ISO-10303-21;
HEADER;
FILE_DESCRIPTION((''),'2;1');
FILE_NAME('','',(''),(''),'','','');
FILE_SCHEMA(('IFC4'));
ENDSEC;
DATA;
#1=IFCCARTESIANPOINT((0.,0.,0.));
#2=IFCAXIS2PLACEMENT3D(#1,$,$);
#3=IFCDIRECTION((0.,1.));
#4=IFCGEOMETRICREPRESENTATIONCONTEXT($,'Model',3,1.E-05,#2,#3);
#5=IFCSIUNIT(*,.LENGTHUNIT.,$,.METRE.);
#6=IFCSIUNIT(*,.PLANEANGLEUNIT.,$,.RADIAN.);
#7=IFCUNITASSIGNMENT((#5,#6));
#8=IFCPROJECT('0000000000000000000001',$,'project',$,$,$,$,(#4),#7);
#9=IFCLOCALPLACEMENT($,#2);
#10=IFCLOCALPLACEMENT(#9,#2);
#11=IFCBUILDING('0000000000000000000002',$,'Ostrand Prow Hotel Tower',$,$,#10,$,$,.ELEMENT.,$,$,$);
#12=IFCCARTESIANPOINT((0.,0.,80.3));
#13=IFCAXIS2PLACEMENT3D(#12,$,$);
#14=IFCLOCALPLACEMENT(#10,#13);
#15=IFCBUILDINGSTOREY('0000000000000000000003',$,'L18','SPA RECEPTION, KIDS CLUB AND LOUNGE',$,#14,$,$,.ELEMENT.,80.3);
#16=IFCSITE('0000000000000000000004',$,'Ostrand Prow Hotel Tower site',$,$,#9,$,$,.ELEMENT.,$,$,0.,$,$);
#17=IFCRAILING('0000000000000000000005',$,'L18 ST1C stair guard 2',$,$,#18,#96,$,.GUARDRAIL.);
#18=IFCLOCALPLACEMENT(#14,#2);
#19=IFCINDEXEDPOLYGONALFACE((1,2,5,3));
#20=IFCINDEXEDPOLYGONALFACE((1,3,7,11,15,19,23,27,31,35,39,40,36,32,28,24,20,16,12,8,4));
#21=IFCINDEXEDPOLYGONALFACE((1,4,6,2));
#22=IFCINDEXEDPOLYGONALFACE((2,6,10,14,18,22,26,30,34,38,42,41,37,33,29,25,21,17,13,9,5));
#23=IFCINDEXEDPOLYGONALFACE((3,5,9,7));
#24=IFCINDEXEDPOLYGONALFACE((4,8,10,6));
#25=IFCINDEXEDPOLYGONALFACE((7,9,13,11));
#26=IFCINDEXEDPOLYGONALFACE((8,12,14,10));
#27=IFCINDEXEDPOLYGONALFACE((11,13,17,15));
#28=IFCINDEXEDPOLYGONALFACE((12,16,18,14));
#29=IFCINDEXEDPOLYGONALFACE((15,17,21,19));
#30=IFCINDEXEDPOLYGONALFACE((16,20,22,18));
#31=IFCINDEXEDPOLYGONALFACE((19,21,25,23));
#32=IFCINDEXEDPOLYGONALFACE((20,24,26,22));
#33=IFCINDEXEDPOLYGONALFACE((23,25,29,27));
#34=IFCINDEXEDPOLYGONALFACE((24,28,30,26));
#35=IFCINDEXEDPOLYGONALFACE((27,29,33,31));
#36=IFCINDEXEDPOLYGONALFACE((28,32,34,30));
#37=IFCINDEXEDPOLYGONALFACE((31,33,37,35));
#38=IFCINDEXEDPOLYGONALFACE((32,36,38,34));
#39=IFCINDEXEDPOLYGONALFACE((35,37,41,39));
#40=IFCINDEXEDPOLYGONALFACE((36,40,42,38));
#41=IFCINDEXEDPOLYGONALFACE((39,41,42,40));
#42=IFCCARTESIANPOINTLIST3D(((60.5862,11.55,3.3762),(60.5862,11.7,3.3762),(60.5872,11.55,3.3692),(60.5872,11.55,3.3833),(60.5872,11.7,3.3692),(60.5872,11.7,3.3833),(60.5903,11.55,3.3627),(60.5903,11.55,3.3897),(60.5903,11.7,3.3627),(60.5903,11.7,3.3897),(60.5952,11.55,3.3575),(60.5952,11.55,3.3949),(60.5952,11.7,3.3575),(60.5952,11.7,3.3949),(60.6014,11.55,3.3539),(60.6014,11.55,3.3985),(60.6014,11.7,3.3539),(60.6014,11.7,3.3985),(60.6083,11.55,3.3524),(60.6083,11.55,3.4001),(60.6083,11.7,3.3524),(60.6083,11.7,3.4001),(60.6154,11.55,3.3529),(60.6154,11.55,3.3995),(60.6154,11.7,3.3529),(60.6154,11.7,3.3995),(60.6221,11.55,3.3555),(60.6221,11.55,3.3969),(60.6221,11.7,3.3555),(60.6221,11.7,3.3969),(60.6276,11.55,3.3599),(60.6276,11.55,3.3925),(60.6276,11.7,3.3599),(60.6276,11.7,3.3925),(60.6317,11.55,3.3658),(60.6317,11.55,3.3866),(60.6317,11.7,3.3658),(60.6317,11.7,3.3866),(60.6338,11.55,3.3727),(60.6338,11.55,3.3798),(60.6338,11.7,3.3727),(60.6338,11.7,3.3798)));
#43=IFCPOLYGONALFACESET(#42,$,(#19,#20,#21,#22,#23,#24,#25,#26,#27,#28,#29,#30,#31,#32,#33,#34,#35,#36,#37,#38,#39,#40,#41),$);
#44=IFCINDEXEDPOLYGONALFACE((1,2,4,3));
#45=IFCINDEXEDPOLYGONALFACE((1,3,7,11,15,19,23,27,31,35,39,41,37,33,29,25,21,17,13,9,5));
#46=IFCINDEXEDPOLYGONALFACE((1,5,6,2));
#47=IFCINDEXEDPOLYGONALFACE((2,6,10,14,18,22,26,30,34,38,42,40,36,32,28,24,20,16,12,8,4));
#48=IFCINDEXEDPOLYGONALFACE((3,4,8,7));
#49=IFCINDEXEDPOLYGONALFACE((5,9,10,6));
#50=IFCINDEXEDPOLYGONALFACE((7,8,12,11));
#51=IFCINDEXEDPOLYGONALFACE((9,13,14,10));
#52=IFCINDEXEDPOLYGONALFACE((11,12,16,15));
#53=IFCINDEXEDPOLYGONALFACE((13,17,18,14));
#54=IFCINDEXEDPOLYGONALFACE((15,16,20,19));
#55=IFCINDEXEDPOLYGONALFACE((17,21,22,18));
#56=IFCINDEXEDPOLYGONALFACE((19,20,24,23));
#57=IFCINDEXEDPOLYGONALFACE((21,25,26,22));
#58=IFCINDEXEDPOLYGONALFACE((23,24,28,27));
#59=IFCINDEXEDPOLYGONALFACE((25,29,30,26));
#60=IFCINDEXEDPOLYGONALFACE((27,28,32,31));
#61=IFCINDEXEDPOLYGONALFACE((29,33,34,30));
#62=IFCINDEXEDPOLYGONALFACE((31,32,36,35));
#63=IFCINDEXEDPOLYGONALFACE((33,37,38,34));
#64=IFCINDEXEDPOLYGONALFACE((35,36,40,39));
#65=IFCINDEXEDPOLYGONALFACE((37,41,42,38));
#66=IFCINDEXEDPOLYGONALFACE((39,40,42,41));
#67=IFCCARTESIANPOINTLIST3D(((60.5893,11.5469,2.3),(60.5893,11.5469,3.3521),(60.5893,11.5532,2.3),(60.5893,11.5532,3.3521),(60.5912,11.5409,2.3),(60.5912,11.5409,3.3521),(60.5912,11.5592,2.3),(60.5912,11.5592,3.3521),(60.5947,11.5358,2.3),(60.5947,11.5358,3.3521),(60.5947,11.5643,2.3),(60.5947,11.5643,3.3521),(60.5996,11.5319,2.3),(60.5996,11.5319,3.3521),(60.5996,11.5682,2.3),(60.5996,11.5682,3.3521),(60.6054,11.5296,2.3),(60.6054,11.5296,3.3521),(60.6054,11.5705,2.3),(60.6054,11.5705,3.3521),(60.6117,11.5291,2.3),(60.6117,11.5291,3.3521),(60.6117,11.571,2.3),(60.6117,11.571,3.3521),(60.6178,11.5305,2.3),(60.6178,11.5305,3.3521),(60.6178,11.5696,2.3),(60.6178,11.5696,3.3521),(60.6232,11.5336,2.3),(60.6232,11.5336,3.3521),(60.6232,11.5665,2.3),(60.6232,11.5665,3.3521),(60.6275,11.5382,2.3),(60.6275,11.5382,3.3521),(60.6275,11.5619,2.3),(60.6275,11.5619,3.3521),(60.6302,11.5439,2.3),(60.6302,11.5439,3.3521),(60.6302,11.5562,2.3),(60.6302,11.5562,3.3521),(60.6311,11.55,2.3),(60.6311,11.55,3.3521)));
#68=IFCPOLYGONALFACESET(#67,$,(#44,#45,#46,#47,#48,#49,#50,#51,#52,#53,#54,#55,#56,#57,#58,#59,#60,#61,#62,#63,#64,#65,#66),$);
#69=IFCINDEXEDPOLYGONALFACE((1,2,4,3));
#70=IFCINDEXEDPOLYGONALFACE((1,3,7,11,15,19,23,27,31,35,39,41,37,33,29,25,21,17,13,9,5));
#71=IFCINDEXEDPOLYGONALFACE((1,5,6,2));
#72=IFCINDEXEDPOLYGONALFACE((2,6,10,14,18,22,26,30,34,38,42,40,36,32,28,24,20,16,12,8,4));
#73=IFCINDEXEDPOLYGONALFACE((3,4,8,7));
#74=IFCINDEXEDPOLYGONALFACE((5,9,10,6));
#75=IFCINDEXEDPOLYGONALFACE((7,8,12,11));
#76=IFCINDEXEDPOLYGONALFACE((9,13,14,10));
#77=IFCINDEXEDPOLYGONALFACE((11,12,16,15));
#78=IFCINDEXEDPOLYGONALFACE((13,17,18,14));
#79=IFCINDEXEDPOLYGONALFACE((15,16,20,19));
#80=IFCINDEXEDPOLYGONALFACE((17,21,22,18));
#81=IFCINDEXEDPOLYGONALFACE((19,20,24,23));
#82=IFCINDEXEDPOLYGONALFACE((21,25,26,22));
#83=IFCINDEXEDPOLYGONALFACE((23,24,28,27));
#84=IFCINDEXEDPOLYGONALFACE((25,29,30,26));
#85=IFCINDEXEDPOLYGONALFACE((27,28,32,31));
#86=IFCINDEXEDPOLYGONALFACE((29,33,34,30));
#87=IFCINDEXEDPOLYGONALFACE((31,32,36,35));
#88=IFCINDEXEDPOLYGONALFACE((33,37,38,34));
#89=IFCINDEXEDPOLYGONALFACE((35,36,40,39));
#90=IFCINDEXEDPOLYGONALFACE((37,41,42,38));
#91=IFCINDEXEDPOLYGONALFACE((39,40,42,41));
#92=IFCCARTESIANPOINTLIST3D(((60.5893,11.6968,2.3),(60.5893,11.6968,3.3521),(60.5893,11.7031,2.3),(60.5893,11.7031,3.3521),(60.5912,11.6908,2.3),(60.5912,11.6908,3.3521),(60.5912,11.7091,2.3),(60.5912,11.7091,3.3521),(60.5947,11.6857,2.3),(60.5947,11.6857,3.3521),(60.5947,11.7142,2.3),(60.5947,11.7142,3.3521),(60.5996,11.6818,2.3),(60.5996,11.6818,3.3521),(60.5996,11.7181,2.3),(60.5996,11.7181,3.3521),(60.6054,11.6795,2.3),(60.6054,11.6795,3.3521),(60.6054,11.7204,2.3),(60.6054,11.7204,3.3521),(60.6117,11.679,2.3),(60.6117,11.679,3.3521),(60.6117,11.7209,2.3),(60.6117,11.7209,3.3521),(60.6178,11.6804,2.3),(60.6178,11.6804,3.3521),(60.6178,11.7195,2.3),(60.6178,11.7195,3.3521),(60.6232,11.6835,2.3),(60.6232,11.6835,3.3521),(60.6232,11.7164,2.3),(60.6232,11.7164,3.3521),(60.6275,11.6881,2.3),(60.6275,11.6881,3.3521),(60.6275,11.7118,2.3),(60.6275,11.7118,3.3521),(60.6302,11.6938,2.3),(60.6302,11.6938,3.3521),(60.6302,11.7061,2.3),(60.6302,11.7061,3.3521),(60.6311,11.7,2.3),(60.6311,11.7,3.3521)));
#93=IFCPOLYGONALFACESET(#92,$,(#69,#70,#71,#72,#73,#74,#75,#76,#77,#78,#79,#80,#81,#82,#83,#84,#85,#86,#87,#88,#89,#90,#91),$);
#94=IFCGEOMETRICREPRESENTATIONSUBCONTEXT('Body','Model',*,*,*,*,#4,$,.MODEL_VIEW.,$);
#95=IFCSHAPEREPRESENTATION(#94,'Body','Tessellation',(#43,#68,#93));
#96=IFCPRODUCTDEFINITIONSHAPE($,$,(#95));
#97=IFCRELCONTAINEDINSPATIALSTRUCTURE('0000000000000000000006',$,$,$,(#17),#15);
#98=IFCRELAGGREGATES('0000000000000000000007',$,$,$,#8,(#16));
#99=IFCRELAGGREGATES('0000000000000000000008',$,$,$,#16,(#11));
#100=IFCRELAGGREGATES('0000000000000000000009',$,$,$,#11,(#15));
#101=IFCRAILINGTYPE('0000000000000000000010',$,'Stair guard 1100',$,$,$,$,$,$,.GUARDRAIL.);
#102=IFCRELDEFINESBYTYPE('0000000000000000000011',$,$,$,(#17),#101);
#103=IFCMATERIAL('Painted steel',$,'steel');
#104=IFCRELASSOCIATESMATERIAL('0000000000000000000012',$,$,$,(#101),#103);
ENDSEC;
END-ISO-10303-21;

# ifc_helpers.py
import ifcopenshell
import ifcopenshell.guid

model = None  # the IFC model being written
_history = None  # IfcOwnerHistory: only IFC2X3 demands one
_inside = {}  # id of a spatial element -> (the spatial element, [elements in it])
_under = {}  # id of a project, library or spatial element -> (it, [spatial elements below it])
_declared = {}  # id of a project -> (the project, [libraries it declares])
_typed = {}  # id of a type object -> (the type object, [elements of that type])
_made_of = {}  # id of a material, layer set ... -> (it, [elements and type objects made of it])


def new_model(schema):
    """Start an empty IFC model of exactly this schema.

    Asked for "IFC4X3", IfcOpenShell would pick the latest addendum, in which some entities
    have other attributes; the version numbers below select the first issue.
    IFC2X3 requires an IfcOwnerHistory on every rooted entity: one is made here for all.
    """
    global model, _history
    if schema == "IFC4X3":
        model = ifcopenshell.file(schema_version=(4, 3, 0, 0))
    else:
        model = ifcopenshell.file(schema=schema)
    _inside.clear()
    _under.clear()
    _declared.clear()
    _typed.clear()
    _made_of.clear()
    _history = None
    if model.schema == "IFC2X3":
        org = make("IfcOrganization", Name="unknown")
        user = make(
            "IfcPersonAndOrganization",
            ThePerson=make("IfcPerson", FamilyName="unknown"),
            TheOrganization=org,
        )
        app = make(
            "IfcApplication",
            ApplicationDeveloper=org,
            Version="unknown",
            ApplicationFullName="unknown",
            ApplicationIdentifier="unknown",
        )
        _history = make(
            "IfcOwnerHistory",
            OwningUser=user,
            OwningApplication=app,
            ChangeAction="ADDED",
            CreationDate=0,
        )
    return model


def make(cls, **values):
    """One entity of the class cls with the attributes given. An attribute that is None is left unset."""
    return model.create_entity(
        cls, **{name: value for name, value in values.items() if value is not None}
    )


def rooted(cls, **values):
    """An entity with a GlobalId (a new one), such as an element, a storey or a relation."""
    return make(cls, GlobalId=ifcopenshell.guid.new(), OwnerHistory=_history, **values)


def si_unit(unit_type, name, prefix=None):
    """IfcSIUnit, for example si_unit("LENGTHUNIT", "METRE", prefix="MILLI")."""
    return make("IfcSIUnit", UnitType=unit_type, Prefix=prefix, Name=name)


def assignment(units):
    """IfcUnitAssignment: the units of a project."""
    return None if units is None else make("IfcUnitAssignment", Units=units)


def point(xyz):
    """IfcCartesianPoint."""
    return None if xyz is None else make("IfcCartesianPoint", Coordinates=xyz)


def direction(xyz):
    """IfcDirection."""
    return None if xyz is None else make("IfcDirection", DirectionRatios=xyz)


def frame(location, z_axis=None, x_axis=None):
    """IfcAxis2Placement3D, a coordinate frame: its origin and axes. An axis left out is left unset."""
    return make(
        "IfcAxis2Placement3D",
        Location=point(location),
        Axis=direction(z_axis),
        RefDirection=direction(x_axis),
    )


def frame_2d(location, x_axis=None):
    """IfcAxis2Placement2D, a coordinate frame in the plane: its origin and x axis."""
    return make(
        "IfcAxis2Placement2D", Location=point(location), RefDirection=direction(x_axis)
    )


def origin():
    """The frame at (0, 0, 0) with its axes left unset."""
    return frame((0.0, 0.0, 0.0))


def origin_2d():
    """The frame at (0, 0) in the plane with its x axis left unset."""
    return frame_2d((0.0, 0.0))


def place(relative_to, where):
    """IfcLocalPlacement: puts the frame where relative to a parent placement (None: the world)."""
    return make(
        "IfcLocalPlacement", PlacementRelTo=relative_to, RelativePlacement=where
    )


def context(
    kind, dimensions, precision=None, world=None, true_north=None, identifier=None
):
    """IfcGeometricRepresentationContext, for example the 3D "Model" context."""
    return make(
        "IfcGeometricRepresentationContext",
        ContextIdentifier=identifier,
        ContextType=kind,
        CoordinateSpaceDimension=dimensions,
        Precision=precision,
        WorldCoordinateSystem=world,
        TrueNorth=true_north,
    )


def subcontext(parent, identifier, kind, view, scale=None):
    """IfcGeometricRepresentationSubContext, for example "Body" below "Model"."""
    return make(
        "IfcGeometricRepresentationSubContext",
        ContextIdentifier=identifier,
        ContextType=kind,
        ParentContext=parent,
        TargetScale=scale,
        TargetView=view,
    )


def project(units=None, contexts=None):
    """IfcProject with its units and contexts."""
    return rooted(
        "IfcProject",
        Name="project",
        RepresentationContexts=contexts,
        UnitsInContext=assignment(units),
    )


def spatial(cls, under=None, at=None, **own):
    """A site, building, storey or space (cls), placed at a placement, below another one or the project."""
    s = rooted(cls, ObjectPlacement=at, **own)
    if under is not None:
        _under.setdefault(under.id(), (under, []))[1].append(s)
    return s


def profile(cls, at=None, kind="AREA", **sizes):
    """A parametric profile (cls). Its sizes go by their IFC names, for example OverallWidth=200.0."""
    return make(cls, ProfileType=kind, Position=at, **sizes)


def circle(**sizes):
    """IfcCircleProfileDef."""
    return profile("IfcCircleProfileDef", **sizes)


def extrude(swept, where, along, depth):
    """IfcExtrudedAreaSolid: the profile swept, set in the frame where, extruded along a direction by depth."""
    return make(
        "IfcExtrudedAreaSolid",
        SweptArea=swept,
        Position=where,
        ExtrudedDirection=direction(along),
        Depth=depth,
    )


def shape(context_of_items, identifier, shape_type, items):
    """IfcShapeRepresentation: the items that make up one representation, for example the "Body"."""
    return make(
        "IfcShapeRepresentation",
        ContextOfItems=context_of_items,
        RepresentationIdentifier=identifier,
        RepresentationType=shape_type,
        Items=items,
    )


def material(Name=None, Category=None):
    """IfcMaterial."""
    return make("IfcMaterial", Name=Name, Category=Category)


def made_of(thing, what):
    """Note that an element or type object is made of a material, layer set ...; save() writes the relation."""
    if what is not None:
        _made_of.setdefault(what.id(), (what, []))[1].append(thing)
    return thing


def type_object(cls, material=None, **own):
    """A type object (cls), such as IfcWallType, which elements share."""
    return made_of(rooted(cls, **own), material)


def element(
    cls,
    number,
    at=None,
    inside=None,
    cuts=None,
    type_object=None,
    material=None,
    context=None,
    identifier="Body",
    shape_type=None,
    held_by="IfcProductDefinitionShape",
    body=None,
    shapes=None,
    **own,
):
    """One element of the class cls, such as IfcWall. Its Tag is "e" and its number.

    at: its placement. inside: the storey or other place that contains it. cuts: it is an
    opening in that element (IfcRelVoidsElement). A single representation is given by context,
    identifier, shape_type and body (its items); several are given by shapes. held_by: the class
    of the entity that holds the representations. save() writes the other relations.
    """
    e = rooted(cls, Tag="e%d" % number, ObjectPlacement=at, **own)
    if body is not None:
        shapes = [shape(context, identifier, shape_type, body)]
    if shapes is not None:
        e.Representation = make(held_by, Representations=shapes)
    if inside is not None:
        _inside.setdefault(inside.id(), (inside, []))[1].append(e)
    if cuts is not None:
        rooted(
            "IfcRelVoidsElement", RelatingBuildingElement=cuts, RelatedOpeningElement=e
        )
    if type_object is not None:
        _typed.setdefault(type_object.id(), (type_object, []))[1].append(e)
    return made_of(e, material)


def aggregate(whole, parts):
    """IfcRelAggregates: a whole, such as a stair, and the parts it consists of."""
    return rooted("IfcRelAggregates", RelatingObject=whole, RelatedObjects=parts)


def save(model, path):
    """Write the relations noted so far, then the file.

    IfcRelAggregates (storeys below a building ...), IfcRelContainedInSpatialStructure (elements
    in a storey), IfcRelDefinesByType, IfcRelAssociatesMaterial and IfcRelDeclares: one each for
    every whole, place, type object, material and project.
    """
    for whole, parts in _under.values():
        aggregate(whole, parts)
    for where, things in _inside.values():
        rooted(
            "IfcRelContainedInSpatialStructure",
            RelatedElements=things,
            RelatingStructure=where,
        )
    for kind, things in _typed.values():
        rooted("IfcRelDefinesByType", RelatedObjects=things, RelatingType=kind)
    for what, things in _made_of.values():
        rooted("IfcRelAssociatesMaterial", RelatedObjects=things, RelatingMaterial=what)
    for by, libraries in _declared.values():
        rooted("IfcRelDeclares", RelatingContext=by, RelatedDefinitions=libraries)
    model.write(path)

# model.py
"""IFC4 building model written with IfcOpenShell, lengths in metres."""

from ifc_helpers import new_model, si_unit, direction, frame, origin, origin_2d, place, context, subcontext, project, spatial, circle, extrude, material, type_object, element, save


model = new_model("IFC4")

# Units and contexts
model_context = context("Model", 3, precision=1e-05, world=origin(), true_north=direction((0.0, 1.0)))
body_context = subcontext(model_context, "Body", "Model", "MODEL_VIEW")
ifc_project = project(units=[si_unit("LENGTHUNIT", "METRE"), si_unit("PLANEANGLEUNIT", "RADIAN")], contexts=[model_context])

# Site, building, storey
site_placement = place(None, origin())
site = spatial("IfcSite", under=ifc_project, at=site_placement, Name="Ostrand Prow Hotel Tower site", CompositionType="ELEMENT", RefElevation=0.0)
building_placement = place(site_placement, origin())
building = spatial("IfcBuilding", under=site, at=building_placement, Name="Ostrand Prow Hotel Tower", CompositionType="ELEMENT")
storey_placement = place(building_placement, frame((0.0, 0.0, 80.3)))
storey = spatial("IfcBuildingStorey", under=building, at=storey_placement, Name="L18", Description="SPA RECEPTION, KIDS CLUB AND LOUNGE", CompositionType="ELEMENT", Elevation=80.3)

# Railing
ifc_material_1 = material(Name="Painted steel", Category="steel")
railing_type_1 = type_object("IfcRailingType", Name="Stair guard 1100", PredefinedType="GUARDRAIL", material=ifc_material_1)
railing_1_placement = place(storey_placement, frame((60.6101, 11.55, 2.3)))
element("IfcRailing", 1, at=railing_1_placement, inside=storey, type_object=railing_type_1, Name="L18 ST1C stair guard 2", PredefinedType="GUARDRAIL", context=body_context, shape_type="SweptSolid", body=[
    extrude(circle(Radius=0.0239, at=origin_2d()), frame((0.0, 0.0, 1.0762), z_axis=(0.0, 1.0, 0.0), x_axis=(-1.0, 0.0, 0.0)), (0.0, 0.0, 1.0), 0.1499),
    extrude(circle(Radius=0.021, at=origin_2d()), origin(), (0.0, 0.0, 1.0), 1.052),
    extrude(circle(Radius=0.021, at=origin_2d()), frame((0.0, 0.1499, 0.0)), (0.0, 0.0, 1.0), 1.052),
])

save(model, "model.ifc")
